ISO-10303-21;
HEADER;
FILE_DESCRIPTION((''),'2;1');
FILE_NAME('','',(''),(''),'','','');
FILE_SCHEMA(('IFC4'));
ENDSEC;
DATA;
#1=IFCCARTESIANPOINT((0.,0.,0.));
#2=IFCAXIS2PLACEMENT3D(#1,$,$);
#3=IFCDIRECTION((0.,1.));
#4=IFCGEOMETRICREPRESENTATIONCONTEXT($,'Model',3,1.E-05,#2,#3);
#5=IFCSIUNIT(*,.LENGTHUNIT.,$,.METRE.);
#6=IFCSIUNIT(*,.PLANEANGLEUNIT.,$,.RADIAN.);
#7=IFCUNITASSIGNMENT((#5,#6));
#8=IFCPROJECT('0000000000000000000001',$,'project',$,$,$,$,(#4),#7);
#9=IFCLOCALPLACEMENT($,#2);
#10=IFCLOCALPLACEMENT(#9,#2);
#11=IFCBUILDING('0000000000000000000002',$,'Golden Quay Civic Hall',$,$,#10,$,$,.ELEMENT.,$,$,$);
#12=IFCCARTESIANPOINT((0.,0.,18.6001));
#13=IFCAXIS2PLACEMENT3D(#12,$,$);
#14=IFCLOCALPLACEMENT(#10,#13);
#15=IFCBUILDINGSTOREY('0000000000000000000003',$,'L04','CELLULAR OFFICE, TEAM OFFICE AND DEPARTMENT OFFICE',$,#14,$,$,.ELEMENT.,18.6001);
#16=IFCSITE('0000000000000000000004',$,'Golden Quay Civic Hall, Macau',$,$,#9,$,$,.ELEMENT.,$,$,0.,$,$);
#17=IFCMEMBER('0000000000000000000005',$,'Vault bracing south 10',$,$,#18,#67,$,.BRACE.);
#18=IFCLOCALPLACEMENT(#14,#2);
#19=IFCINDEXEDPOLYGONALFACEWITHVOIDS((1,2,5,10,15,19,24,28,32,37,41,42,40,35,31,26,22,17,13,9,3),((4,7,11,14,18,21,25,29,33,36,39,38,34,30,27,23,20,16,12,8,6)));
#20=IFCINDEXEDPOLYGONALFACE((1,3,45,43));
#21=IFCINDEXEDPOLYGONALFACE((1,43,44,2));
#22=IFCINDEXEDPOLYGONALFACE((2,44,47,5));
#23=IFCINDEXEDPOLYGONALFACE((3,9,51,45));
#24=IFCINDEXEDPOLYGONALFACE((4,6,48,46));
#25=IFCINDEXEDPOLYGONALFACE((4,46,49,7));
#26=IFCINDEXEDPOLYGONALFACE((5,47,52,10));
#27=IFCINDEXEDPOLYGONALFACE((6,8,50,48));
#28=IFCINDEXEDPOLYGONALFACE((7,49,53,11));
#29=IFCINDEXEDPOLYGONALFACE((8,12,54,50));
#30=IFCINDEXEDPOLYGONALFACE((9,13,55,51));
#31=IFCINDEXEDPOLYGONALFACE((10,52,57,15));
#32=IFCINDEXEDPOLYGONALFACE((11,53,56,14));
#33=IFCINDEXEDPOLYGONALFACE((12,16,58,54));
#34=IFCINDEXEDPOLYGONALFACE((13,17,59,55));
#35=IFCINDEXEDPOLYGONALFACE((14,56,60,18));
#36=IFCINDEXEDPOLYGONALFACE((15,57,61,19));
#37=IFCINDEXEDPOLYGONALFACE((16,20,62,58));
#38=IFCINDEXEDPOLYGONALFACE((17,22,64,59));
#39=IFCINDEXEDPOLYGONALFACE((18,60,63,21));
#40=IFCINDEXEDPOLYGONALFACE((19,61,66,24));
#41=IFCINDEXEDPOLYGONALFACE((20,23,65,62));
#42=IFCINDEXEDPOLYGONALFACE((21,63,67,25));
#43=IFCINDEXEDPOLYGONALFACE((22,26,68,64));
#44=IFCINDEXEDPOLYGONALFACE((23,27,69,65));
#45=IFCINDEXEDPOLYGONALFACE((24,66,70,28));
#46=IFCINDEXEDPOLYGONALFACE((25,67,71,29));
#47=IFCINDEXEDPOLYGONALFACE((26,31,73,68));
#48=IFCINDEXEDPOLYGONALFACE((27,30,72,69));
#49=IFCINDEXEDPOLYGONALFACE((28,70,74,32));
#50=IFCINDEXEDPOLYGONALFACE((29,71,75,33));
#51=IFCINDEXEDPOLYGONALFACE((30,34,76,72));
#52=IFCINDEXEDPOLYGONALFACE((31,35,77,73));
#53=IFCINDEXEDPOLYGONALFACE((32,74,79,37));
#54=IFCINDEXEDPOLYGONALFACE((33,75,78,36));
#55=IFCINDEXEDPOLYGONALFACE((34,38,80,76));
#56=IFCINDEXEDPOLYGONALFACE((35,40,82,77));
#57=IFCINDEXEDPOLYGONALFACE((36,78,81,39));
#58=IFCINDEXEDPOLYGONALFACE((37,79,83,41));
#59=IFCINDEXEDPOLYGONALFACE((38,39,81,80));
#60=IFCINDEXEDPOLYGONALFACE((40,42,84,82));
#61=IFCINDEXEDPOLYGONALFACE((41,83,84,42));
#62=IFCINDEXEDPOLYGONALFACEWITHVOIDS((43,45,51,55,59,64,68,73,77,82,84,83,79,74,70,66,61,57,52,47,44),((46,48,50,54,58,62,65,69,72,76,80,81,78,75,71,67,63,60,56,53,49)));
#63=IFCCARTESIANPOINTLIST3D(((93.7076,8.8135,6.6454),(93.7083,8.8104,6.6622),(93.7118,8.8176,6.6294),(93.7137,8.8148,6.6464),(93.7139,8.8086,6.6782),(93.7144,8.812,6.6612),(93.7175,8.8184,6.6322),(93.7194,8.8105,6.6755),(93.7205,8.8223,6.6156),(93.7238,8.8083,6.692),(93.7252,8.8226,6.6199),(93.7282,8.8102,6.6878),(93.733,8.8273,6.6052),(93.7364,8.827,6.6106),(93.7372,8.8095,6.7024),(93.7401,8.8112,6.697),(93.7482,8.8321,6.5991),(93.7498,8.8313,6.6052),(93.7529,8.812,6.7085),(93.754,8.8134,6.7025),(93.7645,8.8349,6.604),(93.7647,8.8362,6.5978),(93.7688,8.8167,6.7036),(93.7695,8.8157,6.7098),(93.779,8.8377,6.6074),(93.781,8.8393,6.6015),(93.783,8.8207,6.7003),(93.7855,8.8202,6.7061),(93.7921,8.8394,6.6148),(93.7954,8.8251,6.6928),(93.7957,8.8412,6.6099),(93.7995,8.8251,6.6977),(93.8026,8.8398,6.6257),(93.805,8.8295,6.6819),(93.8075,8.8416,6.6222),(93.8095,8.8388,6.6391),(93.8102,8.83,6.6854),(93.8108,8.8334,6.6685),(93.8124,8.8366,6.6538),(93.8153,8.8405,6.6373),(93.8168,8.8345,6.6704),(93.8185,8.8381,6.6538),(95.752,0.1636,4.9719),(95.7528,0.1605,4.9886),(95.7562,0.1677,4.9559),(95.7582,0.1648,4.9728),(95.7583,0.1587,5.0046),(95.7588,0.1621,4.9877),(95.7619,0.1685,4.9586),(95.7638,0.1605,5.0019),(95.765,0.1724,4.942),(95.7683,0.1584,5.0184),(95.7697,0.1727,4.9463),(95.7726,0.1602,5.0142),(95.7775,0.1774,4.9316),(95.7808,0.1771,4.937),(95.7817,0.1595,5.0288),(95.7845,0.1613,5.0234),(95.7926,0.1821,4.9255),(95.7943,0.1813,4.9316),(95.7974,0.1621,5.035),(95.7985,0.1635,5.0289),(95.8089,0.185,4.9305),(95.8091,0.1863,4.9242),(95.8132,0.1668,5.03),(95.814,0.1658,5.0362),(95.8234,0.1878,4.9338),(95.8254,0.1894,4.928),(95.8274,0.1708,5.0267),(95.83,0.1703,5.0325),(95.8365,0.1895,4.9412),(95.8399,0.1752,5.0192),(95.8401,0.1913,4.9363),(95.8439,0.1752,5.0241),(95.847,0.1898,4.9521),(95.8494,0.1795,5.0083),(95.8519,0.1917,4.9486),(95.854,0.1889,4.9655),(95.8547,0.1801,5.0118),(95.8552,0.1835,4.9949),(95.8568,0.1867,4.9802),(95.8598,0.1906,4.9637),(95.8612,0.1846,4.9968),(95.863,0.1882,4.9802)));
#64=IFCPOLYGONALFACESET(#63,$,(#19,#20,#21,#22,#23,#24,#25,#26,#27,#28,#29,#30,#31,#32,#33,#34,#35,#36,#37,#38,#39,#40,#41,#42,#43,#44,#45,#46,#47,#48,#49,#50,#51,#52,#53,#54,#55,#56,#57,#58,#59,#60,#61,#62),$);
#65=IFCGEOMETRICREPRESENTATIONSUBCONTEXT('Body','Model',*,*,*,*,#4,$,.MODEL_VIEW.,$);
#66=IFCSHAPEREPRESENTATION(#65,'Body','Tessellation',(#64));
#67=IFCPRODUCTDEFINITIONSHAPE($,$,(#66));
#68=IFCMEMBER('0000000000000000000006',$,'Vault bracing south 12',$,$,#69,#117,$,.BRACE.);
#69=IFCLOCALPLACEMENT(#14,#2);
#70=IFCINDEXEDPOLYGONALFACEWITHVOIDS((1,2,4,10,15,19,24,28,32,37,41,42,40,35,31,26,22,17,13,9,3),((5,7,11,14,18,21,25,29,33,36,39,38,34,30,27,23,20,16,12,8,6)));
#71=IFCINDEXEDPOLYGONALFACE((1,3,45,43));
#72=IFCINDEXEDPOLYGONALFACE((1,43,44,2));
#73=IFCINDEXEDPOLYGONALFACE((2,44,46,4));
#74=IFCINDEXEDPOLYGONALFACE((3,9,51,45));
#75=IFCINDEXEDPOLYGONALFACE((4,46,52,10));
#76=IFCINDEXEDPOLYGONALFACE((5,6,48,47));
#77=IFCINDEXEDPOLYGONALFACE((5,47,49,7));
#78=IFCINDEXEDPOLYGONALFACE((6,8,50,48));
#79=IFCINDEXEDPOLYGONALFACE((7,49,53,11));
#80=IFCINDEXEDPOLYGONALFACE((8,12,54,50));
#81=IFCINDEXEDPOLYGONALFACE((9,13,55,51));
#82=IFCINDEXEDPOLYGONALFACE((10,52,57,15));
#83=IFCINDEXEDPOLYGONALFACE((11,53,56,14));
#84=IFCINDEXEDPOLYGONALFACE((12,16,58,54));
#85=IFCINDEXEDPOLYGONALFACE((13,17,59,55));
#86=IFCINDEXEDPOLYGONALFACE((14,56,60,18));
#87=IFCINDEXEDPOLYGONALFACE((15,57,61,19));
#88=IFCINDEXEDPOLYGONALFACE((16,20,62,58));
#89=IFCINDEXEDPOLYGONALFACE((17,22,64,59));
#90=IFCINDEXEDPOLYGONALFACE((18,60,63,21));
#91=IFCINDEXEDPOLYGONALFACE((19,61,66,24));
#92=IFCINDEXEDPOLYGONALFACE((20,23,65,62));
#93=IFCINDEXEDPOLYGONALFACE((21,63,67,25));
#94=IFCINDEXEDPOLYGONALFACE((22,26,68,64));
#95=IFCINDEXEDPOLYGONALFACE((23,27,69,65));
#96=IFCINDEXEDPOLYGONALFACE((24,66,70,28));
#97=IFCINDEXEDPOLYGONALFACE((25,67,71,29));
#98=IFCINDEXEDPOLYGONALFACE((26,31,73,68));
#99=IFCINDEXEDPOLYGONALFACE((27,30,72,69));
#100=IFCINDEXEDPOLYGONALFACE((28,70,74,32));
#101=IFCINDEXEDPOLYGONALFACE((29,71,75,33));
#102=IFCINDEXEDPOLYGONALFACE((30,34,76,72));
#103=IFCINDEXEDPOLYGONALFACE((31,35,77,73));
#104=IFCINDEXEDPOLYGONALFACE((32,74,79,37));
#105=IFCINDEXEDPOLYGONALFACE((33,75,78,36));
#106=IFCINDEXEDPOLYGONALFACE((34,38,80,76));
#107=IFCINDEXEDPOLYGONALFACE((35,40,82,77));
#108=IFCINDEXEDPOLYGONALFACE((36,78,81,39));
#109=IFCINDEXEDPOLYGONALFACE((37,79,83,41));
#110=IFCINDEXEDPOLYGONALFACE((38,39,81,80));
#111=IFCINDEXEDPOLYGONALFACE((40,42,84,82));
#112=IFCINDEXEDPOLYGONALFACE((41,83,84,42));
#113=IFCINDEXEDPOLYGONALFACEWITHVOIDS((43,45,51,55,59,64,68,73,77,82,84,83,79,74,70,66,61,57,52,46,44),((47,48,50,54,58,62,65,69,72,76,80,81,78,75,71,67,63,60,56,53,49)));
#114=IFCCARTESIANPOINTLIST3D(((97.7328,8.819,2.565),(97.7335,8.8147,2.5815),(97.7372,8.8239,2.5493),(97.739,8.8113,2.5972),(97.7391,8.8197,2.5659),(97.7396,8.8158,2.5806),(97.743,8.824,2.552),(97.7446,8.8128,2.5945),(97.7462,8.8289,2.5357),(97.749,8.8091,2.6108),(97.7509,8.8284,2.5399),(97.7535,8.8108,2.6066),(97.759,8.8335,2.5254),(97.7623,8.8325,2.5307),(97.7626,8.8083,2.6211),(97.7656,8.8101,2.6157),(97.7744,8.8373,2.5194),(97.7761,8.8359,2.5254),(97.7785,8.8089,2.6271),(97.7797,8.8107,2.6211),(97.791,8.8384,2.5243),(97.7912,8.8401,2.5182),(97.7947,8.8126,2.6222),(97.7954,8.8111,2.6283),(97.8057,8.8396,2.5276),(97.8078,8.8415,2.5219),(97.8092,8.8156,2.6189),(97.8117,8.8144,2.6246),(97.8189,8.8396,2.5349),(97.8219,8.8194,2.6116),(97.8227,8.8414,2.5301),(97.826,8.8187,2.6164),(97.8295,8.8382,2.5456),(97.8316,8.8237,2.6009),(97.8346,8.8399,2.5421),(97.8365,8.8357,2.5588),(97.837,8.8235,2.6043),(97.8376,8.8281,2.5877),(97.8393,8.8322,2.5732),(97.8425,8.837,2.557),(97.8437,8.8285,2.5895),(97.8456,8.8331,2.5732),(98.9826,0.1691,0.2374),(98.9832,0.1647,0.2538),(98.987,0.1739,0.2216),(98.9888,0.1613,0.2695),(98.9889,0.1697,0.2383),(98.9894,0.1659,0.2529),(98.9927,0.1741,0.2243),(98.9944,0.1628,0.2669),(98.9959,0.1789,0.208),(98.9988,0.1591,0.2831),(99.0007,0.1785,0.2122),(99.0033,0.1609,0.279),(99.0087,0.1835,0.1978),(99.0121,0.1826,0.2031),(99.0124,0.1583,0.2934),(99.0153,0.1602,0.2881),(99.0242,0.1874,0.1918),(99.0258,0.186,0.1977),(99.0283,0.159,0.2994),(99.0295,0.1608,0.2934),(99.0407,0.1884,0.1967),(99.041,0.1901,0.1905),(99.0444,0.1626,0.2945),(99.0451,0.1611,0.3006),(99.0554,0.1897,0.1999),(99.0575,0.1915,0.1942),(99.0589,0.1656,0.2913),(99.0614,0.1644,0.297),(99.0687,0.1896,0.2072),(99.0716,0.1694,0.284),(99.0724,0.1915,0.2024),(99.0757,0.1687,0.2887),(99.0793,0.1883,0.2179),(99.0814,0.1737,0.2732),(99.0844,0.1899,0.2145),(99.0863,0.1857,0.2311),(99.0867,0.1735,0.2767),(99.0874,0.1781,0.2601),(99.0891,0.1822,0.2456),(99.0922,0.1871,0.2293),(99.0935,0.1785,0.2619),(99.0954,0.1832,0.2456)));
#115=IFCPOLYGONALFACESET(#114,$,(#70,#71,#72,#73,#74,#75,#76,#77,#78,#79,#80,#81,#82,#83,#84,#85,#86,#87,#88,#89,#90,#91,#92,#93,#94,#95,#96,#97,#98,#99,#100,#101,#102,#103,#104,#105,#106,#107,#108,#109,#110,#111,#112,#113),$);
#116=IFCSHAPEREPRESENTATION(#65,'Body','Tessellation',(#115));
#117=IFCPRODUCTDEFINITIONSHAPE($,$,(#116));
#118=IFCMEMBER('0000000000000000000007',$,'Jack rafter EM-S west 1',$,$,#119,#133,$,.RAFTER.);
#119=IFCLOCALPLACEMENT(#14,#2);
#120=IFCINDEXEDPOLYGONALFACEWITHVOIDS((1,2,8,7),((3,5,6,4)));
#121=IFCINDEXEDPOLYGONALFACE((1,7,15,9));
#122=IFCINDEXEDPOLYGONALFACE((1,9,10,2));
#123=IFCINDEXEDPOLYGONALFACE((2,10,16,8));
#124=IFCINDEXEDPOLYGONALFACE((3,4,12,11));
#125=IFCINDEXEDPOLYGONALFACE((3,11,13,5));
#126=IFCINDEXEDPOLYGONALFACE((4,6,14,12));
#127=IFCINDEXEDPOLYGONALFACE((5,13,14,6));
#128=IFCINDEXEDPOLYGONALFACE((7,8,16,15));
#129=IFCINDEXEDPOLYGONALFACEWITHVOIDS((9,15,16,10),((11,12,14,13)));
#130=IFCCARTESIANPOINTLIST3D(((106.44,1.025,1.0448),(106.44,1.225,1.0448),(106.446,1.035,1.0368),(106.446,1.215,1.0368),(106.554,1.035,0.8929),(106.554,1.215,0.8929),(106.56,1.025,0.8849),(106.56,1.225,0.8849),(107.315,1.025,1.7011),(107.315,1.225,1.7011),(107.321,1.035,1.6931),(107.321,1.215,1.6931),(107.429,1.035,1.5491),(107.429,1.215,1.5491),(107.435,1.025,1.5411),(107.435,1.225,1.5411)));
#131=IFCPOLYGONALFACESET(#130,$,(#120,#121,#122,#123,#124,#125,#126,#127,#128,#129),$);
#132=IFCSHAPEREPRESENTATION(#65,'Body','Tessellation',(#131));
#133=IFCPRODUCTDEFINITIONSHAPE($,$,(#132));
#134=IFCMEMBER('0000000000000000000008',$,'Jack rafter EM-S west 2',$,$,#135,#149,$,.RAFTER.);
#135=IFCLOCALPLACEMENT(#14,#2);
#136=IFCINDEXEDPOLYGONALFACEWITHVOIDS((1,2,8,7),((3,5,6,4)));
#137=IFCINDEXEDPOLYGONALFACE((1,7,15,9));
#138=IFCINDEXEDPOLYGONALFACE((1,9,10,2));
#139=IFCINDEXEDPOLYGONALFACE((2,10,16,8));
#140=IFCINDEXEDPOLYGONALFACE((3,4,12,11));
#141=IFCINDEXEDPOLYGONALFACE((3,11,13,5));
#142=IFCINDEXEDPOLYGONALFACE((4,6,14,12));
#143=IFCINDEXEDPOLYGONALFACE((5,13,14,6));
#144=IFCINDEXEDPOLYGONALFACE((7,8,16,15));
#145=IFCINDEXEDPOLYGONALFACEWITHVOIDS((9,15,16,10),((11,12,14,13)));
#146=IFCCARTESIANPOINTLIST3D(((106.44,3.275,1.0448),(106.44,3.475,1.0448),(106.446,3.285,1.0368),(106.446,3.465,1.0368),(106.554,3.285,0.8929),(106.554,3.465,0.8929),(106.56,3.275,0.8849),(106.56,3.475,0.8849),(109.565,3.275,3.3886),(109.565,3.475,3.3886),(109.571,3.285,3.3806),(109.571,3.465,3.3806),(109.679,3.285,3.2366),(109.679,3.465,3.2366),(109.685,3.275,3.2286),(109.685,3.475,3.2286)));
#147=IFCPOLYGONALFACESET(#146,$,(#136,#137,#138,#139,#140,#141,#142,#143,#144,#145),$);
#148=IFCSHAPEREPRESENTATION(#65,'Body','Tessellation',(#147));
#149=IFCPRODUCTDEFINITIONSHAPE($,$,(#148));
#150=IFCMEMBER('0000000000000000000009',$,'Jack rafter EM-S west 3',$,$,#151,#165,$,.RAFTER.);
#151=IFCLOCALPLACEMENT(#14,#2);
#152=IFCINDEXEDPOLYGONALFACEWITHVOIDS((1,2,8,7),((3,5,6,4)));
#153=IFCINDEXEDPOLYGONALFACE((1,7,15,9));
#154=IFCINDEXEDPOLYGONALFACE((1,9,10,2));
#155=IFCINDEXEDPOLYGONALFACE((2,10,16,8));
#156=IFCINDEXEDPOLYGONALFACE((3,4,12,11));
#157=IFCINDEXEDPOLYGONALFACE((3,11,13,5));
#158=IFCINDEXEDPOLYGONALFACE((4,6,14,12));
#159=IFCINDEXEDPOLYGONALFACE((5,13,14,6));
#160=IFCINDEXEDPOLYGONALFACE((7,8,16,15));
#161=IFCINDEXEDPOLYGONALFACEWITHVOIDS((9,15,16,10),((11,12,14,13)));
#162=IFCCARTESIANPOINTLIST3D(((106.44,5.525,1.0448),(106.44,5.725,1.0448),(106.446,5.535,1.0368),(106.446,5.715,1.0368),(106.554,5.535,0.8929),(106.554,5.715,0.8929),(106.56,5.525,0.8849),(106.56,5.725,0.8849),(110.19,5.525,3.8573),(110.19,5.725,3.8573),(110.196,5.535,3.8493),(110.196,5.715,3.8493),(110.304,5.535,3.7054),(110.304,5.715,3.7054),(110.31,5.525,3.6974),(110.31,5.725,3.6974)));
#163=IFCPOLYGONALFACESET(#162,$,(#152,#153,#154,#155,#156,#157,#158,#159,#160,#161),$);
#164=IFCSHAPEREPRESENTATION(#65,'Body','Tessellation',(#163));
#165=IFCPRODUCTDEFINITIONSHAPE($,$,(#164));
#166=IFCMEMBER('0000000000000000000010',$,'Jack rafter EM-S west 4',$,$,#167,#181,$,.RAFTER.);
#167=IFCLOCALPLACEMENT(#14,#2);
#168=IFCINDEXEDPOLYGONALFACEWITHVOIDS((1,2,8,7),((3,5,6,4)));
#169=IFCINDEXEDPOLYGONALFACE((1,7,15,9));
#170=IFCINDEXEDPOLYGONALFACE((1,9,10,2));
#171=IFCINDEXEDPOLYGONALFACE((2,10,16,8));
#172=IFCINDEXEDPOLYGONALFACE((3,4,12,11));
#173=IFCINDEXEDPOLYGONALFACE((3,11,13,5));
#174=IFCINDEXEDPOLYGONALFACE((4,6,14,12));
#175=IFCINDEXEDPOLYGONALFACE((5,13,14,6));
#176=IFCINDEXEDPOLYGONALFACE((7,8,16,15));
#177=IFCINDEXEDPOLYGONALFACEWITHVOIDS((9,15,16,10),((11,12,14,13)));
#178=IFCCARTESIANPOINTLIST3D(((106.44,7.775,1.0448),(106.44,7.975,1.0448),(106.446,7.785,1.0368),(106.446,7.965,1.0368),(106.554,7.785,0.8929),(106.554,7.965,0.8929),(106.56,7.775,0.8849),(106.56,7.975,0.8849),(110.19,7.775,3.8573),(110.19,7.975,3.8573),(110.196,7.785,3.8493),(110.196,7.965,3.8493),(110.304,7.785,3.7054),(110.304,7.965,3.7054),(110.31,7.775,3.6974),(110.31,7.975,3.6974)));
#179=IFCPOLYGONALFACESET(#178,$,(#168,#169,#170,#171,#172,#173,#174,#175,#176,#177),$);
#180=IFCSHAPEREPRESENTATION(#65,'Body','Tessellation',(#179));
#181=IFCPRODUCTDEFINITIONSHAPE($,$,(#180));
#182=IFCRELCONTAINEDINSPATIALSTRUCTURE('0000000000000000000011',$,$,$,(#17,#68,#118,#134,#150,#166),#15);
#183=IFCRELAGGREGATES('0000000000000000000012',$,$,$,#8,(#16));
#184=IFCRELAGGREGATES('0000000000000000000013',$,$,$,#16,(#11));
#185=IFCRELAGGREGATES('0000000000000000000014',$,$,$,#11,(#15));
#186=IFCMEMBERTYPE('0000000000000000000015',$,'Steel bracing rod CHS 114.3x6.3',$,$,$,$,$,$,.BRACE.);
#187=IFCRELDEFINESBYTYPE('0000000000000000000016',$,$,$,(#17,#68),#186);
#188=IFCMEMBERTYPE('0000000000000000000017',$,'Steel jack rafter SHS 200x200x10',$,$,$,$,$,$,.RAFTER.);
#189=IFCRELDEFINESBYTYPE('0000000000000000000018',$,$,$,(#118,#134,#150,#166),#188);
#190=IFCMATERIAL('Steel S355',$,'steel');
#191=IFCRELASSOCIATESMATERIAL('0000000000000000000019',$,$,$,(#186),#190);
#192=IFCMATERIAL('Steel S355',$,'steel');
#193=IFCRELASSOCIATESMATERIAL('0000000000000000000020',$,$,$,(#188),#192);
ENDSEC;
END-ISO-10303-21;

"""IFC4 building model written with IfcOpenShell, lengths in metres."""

from ifc_helpers import new_model, si_unit, direction, frame, origin, origin_2d, place, context, subcontext, project, spatial, hollow_rectangle, hollow_circle, extrude, material, material_profile, profile_set, type_object, element, save


model = new_model("IFC4")

# Units and contexts
model_context = context("Model", 3, precision=1e-05, world=origin(), true_north=direction((0.0, 1.0)))
body_context = subcontext(model_context, "Body", "Model", "MODEL_VIEW")
ifc_project = project(units=[si_unit("LENGTHUNIT", "METRE"), si_unit("PLANEANGLEUNIT", "RADIAN")], contexts=[model_context])

# Site, building, storey
site_placement = place(None, origin())
site = spatial("IfcSite", under=ifc_project, at=site_placement, Name="Golden Quay Civic Hall, Macau", CompositionType="ELEMENT", RefElevation=0.0)
building_placement = place(site_placement, origin())
building = spatial("IfcBuilding", under=site, at=building_placement, Name="Golden Quay Civic Hall", CompositionType="ELEMENT")
storey_placement = place(building_placement, frame((0.0, 0.0, 18.6001)))
storey = spatial("IfcBuildingStorey", under=building, at=storey_placement, Name="L04", Description="CELLULAR OFFICE, TEAM OFFICE AND DEPARTMENT OFFICE", CompositionType="ELEMENT", Elevation=18.6001)

# Members
ifc_material_1 = material(Name="Steel S355", Category="steel")
ifc_material_profile_1 = material_profile(ifc_material_1, hollow_circle(Radius=0.0571, WallThickness=0.0063, at=origin_2d()), Name="CHS 114.3x6.3")
ifc_profile_set_1 = profile_set([ifc_material_profile_1], Name="Steel S355")
member_type_1 = type_object("IfcMemberType", Name="Steel bracing rod CHS 114.3x6.3", PredefinedType="BRACE", material=ifc_profile_set_1)
for number, where, z_axis, x_axis, name in (
    (1, (93.7629, 8.825, 6.6538), (0.226044, -0.956381, -0.185041), (0.973187, 0.230016, 0.0), "Vault bracing south 10"),
    (2, (97.7891, 8.825, 2.5732), (0.138181, -0.956385, -0.257358), (0.989723, 0.142997, 0.0), "Vault bracing south 12"),
):
    element("IfcMember", number, at=place(storey_placement, frame(where, z_axis=z_axis, x_axis=x_axis)), inside=storey, type_object=member_type_1, Name=name, PredefinedType="BRACE", context=body_context, shape_type="SweptSolid", body=[
        extrude(hollow_circle(Radius=0.0571, WallThickness=0.0063, at=origin_2d()), origin(), (0.0, 0.0, 1.0), 9.0444),
    ])
ifc_material_2 = material(Name="Steel S355", Category="steel")
ifc_material_profile_2 = material_profile(ifc_material_2, hollow_rectangle(XDim=0.2, YDim=0.2, WallThickness=0.01, at=origin_2d()), Name="SHS 200x200x10")
ifc_profile_set_2 = profile_set([ifc_material_profile_2], Name="Steel S355")
member_type_2 = type_object("IfcMemberType", Name="Steel jack rafter SHS 200x200x10", PredefinedType="RAFTER", material=ifc_profile_set_2)
member_1_placement = place(storey_placement, frame((106.5, 1.125, 0.9648), z_axis=(0.8, 0.0, 0.6), x_axis=(0.0, 1.0, 0.0)))
element("IfcMember", 3, at=member_1_placement, inside=storey, type_object=member_type_2, Name="Jack rafter EM-S west 1", PredefinedType="RAFTER", context=body_context, shape_type="SweptSolid", body=[
    extrude(hollow_rectangle(XDim=0.2, YDim=0.2, WallThickness=0.01, at=origin_2d()), origin(), (0.0, 0.0, 1.0), 1.0938),
])
member_2_placement = place(storey_placement, frame((106.5, 3.375, 0.9648), z_axis=(0.8, 0.0, 0.6), x_axis=(0.0, 1.0, 0.0)))
element("IfcMember", 4, at=member_2_placement, inside=storey, type_object=member_type_2, Name="Jack rafter EM-S west 2", PredefinedType="RAFTER", context=body_context, shape_type="SweptSolid", body=[
    extrude(hollow_rectangle(XDim=0.2, YDim=0.2, WallThickness=0.01, at=origin_2d()), origin(), (0.0, 0.0, 1.0), 3.9062),
])
for number, where, z_axis, x_axis, name in (
    (5, (106.5, 5.625, 0.9648), (0.8, 0.0, 0.6), (0.0, 1.0, 0.0), "Jack rafter EM-S west 3"),
    (6, (106.5, 7.875, 0.9648), (0.8, 0.0, 0.6), (0.0, 1.0, 0.0), "Jack rafter EM-S west 4"),
):
    element("IfcMember", number, at=place(storey_placement, frame(where, z_axis=z_axis, x_axis=x_axis)), inside=storey, type_object=member_type_2, Name=name, PredefinedType="RAFTER", context=body_context, shape_type="SweptSolid", body=[
        extrude(hollow_rectangle(XDim=0.2, YDim=0.2, WallThickness=0.01, at=origin_2d()), origin(), (0.0, 0.0, 1.0), 4.6875),
    ])

save(model, "model.ifc")
